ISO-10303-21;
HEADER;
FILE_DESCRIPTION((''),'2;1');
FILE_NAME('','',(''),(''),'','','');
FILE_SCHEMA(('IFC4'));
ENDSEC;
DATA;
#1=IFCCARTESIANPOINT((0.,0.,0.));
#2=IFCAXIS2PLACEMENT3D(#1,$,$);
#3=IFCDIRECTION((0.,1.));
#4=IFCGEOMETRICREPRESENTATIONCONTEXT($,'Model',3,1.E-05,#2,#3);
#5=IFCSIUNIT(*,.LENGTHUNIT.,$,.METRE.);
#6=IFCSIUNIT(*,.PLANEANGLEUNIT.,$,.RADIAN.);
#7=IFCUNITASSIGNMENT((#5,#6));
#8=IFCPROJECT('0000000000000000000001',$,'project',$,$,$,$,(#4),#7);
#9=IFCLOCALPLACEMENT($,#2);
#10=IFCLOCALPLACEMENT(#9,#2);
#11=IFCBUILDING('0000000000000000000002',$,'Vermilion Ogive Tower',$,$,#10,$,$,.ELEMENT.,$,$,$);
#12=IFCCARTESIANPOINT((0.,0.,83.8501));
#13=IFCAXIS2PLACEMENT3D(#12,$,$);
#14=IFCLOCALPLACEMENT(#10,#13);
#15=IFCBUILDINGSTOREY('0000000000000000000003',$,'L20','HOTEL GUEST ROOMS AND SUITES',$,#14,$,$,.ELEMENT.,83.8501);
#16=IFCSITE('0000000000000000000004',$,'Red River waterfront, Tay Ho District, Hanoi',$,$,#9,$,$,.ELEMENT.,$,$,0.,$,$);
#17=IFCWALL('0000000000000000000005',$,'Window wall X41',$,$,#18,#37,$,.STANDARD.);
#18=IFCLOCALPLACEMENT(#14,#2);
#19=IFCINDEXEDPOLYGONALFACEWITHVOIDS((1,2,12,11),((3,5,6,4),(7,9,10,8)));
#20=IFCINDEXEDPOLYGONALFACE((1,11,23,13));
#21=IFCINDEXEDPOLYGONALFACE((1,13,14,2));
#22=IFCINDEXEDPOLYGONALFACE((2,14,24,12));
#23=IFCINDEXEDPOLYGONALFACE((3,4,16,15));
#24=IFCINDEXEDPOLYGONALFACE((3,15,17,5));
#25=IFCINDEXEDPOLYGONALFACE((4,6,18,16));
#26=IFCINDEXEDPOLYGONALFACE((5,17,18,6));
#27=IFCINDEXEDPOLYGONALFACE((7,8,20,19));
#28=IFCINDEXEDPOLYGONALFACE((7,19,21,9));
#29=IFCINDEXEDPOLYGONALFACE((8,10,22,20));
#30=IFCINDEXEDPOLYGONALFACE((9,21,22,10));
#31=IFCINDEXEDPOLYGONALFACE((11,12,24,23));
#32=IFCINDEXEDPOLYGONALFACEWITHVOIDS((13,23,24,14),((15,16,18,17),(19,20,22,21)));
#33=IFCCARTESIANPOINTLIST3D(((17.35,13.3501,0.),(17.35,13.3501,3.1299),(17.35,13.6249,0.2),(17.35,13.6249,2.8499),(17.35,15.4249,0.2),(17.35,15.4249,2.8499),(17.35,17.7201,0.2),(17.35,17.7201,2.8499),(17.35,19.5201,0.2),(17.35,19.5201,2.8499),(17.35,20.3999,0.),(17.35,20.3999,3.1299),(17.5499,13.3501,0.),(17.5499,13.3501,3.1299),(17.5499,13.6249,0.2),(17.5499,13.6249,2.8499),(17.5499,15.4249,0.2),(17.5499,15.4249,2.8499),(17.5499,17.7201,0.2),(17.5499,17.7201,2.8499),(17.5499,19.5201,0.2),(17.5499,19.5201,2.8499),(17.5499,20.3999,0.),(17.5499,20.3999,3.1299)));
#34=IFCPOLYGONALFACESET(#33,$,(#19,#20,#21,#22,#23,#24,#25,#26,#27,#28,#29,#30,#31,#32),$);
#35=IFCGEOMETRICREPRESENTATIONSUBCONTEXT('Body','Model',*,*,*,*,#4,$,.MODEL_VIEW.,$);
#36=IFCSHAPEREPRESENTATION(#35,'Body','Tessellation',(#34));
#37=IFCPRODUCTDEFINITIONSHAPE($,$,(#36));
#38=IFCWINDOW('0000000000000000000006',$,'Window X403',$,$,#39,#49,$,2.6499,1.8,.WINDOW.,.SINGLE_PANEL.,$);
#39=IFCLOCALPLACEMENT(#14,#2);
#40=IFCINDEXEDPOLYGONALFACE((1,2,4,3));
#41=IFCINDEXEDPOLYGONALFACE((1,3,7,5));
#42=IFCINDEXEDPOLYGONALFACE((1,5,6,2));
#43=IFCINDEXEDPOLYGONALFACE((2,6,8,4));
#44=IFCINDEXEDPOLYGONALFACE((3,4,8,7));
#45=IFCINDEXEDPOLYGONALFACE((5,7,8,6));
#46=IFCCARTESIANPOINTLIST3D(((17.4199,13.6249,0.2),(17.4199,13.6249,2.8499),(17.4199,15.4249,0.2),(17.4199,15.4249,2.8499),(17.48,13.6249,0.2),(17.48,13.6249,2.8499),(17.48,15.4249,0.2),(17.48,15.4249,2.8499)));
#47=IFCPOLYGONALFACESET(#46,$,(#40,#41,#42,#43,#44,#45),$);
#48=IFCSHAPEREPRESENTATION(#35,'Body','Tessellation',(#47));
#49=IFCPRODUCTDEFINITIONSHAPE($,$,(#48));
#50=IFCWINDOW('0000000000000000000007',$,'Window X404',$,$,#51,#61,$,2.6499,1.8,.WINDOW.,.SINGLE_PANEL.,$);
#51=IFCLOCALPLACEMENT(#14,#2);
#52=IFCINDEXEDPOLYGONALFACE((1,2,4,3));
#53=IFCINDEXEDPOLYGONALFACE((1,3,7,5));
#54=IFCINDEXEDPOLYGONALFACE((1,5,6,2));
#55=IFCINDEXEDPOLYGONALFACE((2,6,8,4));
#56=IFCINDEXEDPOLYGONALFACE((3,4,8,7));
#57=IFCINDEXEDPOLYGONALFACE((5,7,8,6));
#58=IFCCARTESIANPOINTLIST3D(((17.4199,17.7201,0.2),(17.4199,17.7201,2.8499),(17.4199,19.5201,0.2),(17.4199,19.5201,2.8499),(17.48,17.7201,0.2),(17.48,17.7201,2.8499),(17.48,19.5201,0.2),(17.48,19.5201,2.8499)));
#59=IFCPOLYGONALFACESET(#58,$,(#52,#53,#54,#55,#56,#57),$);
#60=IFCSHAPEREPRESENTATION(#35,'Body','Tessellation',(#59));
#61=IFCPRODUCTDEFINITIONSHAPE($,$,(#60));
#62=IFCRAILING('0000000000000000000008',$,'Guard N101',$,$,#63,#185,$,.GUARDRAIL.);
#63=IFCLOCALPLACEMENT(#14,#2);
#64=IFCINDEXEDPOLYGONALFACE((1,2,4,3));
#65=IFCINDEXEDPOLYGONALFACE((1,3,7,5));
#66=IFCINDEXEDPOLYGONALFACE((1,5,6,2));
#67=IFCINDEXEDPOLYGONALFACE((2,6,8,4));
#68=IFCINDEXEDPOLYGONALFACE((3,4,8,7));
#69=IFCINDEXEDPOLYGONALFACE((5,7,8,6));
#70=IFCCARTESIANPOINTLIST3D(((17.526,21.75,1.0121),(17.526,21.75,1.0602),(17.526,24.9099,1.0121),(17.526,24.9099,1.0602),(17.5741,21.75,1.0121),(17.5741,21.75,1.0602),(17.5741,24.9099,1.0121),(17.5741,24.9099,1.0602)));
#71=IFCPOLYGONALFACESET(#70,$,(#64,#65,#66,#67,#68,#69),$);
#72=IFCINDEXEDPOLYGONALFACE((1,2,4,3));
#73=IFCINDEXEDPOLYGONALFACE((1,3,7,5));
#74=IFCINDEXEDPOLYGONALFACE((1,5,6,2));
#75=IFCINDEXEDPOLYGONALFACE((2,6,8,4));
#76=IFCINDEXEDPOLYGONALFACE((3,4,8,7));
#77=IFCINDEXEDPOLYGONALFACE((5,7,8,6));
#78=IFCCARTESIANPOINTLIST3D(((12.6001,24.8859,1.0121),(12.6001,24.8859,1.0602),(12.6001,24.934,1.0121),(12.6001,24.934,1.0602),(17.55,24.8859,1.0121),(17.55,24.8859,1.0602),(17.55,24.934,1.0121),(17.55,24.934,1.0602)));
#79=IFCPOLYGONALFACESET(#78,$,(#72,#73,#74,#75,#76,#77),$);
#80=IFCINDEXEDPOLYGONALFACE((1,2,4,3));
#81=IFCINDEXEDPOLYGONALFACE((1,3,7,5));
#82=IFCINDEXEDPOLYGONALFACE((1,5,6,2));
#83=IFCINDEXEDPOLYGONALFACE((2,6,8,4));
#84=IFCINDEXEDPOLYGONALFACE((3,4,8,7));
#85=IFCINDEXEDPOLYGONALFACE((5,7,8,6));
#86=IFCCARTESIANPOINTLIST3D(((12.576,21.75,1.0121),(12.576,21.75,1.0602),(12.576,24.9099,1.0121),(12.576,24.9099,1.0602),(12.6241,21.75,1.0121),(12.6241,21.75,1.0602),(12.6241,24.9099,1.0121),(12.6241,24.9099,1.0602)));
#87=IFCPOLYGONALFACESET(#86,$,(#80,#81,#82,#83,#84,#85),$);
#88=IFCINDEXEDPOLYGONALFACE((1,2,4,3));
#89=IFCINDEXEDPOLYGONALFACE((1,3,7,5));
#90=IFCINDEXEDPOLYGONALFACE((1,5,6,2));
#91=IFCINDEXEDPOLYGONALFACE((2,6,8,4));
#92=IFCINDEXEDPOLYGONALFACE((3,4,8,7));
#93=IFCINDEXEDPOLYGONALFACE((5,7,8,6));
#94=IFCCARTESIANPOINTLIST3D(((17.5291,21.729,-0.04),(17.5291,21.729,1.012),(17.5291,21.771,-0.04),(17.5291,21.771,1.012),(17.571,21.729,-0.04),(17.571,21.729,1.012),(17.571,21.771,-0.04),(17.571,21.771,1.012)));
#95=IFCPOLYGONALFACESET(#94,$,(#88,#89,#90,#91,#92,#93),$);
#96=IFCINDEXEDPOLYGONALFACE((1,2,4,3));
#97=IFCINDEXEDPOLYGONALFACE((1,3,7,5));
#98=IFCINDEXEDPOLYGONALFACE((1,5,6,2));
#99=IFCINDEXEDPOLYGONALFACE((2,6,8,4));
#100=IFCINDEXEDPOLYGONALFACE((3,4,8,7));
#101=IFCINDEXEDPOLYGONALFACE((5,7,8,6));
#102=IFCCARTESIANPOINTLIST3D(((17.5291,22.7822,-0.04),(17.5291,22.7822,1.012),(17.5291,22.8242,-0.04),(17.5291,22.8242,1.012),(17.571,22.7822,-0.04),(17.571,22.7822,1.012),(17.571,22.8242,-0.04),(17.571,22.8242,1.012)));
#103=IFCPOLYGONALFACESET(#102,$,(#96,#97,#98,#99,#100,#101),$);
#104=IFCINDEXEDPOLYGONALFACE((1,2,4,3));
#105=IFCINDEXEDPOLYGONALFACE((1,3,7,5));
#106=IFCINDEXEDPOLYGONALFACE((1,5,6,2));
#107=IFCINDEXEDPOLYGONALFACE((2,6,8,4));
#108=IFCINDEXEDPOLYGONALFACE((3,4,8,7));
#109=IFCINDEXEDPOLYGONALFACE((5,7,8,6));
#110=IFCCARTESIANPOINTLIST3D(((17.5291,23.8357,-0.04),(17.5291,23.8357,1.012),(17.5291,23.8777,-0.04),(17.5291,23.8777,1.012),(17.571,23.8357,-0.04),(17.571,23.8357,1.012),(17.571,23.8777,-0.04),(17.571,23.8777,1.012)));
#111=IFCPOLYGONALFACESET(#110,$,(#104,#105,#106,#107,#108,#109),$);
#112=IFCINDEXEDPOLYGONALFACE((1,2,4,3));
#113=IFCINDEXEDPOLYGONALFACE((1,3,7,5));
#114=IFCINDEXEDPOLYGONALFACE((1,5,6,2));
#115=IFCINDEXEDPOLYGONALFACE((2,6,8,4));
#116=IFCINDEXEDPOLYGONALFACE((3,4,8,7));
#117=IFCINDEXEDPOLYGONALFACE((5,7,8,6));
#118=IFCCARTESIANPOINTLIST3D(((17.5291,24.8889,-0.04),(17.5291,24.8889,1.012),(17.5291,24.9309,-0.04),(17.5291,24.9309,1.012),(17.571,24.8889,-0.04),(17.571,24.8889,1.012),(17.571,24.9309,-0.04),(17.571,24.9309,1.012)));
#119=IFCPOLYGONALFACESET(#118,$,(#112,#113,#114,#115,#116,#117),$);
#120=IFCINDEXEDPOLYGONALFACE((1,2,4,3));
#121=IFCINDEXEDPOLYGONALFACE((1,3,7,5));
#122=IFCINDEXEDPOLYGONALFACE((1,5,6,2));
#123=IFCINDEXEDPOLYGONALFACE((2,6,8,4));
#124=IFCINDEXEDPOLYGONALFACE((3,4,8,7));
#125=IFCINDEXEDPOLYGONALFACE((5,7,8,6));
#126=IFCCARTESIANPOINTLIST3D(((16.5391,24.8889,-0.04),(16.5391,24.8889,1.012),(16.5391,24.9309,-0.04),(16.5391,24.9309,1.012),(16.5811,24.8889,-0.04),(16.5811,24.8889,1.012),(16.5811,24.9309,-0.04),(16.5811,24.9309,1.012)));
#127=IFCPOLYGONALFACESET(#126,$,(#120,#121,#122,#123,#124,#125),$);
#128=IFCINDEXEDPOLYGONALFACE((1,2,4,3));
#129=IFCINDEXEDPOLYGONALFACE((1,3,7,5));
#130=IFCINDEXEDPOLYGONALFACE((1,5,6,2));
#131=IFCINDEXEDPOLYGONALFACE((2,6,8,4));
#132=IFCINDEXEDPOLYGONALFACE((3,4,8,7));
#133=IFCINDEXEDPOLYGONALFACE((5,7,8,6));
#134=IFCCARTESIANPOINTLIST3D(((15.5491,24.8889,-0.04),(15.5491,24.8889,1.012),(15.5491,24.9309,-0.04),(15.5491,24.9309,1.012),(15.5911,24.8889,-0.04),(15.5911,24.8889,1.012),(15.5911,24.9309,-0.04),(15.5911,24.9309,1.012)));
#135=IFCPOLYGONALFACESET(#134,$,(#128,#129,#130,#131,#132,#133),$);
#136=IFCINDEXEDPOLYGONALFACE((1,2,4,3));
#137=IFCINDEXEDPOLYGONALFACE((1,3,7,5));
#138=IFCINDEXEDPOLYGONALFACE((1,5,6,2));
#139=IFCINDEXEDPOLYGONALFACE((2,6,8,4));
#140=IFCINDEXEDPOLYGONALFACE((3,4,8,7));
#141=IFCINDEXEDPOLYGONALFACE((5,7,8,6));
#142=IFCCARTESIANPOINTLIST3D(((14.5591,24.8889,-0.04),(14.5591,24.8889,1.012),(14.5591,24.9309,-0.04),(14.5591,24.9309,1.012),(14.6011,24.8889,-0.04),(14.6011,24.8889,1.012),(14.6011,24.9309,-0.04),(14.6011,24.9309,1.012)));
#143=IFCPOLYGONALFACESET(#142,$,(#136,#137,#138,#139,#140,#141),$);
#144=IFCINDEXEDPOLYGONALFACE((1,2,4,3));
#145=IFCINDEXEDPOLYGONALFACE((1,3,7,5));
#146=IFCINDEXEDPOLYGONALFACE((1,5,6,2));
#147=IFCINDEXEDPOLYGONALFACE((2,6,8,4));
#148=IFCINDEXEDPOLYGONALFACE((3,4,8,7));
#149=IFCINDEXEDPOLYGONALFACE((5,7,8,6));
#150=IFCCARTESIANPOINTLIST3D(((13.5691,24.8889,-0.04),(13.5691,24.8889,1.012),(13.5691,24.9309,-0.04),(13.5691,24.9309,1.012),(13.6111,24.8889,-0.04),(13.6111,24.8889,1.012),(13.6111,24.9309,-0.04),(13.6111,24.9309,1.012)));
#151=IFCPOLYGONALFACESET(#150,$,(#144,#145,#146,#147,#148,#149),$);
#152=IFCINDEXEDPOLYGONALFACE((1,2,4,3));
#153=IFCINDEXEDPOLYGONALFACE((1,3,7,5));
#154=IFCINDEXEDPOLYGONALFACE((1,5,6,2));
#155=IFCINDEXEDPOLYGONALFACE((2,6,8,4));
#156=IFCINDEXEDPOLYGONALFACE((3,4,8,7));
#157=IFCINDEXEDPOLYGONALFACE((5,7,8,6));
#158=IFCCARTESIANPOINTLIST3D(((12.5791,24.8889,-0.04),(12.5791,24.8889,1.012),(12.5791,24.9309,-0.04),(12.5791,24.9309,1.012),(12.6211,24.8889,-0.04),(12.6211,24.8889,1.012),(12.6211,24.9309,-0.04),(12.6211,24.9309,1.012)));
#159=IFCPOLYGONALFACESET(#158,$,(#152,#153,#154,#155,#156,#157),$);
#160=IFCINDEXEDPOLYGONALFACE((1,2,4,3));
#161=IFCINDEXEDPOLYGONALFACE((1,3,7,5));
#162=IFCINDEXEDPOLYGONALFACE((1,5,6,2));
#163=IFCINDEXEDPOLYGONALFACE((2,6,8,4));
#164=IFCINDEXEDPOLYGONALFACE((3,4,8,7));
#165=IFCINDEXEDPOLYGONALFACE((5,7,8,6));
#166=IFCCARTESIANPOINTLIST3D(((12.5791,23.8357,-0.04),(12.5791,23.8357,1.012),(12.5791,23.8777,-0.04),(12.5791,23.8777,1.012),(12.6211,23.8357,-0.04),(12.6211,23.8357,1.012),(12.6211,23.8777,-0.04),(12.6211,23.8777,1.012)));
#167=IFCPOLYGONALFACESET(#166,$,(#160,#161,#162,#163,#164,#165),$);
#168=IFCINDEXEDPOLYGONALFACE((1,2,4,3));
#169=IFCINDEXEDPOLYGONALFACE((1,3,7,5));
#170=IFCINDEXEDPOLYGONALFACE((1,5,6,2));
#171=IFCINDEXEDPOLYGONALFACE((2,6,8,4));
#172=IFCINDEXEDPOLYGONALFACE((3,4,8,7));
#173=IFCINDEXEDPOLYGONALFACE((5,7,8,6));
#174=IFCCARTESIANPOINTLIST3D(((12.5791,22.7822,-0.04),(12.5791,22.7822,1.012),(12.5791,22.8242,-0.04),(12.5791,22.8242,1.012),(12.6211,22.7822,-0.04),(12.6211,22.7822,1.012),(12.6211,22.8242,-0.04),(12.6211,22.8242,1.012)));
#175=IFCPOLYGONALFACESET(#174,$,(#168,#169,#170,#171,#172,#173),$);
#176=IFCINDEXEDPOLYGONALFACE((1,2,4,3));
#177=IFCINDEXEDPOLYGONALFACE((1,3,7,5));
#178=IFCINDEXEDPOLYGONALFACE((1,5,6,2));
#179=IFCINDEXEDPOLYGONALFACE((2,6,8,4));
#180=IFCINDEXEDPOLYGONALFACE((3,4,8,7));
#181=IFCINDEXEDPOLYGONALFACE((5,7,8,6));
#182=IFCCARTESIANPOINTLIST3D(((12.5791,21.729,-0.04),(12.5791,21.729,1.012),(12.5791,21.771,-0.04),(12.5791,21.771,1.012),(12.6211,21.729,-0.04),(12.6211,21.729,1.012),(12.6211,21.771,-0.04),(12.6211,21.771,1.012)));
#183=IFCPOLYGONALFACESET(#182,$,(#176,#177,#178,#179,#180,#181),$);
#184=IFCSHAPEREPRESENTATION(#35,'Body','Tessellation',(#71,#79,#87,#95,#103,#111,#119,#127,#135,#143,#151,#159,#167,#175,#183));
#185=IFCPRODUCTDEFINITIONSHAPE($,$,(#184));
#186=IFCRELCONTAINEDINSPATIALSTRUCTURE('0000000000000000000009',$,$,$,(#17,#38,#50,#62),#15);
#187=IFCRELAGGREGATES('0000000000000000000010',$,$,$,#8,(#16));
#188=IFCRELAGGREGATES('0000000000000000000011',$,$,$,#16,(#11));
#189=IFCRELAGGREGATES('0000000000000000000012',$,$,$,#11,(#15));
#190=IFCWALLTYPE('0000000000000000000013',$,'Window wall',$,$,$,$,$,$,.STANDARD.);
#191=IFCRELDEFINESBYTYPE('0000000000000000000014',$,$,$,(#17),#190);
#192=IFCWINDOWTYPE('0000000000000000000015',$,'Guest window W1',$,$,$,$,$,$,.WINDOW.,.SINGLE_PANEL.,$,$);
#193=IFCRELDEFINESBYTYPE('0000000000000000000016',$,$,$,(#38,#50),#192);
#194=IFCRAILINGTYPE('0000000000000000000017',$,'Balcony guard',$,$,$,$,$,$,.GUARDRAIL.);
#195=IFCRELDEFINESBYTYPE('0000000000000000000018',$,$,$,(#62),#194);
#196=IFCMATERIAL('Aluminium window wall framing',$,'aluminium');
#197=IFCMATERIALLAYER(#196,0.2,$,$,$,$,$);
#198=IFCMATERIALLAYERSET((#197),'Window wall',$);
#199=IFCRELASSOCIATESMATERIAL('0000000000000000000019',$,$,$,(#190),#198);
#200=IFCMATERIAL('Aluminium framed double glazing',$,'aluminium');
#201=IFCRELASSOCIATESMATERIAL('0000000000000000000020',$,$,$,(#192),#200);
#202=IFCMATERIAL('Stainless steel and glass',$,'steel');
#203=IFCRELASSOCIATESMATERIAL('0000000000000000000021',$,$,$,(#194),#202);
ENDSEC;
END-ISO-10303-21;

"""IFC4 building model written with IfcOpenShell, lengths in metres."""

from ifc_helpers import new_model, si_unit, direction, frame, frame_2d, origin, origin_2d, place, context, subcontext, project, spatial, rectangle, extrude, material, layer, layer_set, type_object, element, fill, save


model = new_model("IFC4")

# Units and contexts
model_context = context("Model", 3, precision=1e-05, world=origin(), true_north=direction((0.0, 1.0)))
body_context = subcontext(model_context, "Body", "Model", "MODEL_VIEW")
ifc_project = project(units=[si_unit("LENGTHUNIT", "METRE"), si_unit("PLANEANGLEUNIT", "RADIAN")], contexts=[model_context])

# Site, building, storey
site_placement = place(None, origin())
site = spatial("IfcSite", under=ifc_project, at=site_placement, Name="Red River waterfront, Tay Ho District, Hanoi", CompositionType="ELEMENT", RefElevation=0.0)
building_placement = place(site_placement, origin())
building = spatial("IfcBuilding", under=site, at=building_placement, Name="Vermilion Ogive Tower", CompositionType="ELEMENT")
storey_placement = place(building_placement, frame((0.0, 0.0, 83.8501)))
storey = spatial("IfcBuildingStorey", under=building, at=storey_placement, Name="L20", Description="HOTEL GUEST ROOMS AND SUITES", CompositionType="ELEMENT", Elevation=83.8501)

# Shared definitions
ifc_material_1 = material(Name="Aluminium window wall framing", Category="aluminium")
ifc_layer_1 = layer(ifc_material_1, 0.2)
ifc_layer_set_1 = layer_set([ifc_layer_1], Name="Window wall")
wall_type_1 = type_object("IfcWallType", Name="Window wall", PredefinedType="STANDARD", material=ifc_layer_set_1)

# Wall, openings, windows
wall_1_placement = place(storey_placement, frame((17.45, 13.3501, 0.0), z_axis=(0.0, 0.0, 1.0), x_axis=(0.0, 1.0, 0.0)))
wall_1 = element("IfcWall", 1, at=wall_1_placement, inside=storey, type_object=wall_type_1, Name="Window wall X41", PredefinedType="STANDARD", context=body_context, shape_type="SweptSolid", body=[
    extrude(rectangle(XDim=7.0498, YDim=0.2, at=frame_2d((3.5249, 0.0))), origin(), (0.0, 0.0, 1.0), 3.1299),
])
opening_1_placement = place(wall_1_placement, frame((0.2749, 0.0, 0.2)))
opening_1 = element("IfcOpeningElement", 2, at=opening_1_placement, cuts=wall_1, PredefinedType="OPENING", context=body_context, shape_type="SweptSolid", body=[
    extrude(rectangle(XDim=1.8, YDim=2.6499, at=frame_2d((0.8999, 1.325))), frame((0.0, 0.1099, 0.0), z_axis=(0.0, -1.0, 0.0), x_axis=(1.0, 0.0, 0.0)), (0.0, 0.0, 1.0), 0.22),
])
opening_2_placement = place(wall_1_placement, frame((4.3701, 0.0, 0.2)))
opening_2 = element("IfcOpeningElement", 3, at=opening_2_placement, cuts=wall_1, PredefinedType="OPENING", context=body_context, shape_type="SweptSolid", body=[
    extrude(rectangle(XDim=1.8, YDim=2.6499, at=frame_2d((0.8999, 1.325))), frame((0.0, 0.1099, 0.0), z_axis=(0.0, -1.0, 0.0), x_axis=(1.0, 0.0, 0.0)), (0.0, 0.0, 1.0), 0.22),
])
ifc_material_2 = material(Name="Aluminium framed double glazing", Category="aluminium")
window_type = type_object("IfcWindowType", Name="Guest window W1", PartitioningType="SINGLE_PANEL", PredefinedType="WINDOW", material=ifc_material_2)
window_1_placement = place(opening_1_placement, origin())
window_1 = element("IfcWindow", 4, at=window_1_placement, inside=storey, type_object=window_type, Name="Window X403", OverallHeight=2.6499, OverallWidth=1.8, PartitioningType="SINGLE_PANEL", PredefinedType="WINDOW", context=body_context, shape_type="SweptSolid", body=[
    extrude(rectangle(XDim=1.8, YDim=2.6499, at=frame_2d((0.8999, 1.325))), frame((0.0, 0.03, 0.0), z_axis=(0.0, -1.0, 0.0), x_axis=(1.0, 0.0, 0.0)), (0.0, 0.0, 1.0), 0.0601),
])
fill(opening_1, window_1)
window_2_placement = place(opening_2_placement, origin())
window_2 = element("IfcWindow", 5, at=window_2_placement, inside=storey, type_object=window_type, Name="Window X404", OverallHeight=2.6499, OverallWidth=1.8, PartitioningType="SINGLE_PANEL", PredefinedType="WINDOW", context=body_context, shape_type="SweptSolid", body=[
    extrude(rectangle(XDim=1.8, YDim=2.6499, at=frame_2d((0.8999, 1.325))), frame((0.0, 0.03, 0.0), z_axis=(0.0, -1.0, 0.0), x_axis=(1.0, 0.0, 0.0)), (0.0, 0.0, 1.0), 0.0601),
])
fill(opening_2, window_2)

# Railing
ifc_material_3 = material(Name="Stainless steel and glass", Category="steel")
railing_type = type_object("IfcRailingType", Name="Balcony guard", PredefinedType="GUARDRAIL", material=ifc_material_3)
railing_placement = place(storey_placement, frame((17.55, 21.75, -0.04)))
element("IfcRailing", 6, at=railing_placement, inside=storey, type_object=railing_type, Name="Guard N101", PredefinedType="GUARDRAIL", context=body_context, shape_type="SweptSolid", body=[
    extrude(rectangle(XDim=0.0481, YDim=0.0481, at=origin_2d()), frame((0.0, 0.0, 1.0762), z_axis=(0.0, 1.0, 0.0), x_axis=(-1.0, 0.0, 0.0)), (0.0, 0.0, 1.0), 3.1599),
    extrude(rectangle(XDim=0.0481, YDim=0.0481, at=origin_2d()), frame((0.0, 3.1599, 1.0762), z_axis=(-1.0, 0.0, 0.0), x_axis=(0.0, -1.0, 0.0)), (0.0, 0.0, 1.0), 4.95),
    extrude(rectangle(XDim=0.0481, YDim=0.0481, at=origin_2d()), frame((-4.95, 3.1599, 1.0762), z_axis=(0.0, -1.0, 0.0), x_axis=(1.0, 0.0, 0.0)), (0.0, 0.0, 1.0), 3.1599),
    extrude(rectangle(XDim=0.042, YDim=0.042, at=origin_2d()), origin(), (0.0, 0.0, 1.0), 1.052),
    extrude(rectangle(XDim=0.042, YDim=0.042, at=origin_2d()), frame((0.0, 1.0532, 0.0)), (0.0, 0.0, 1.0), 1.052),
    extrude(rectangle(XDim=0.042, YDim=0.042, at=origin_2d()), frame((0.0, 2.1067, 0.0)), (0.0, 0.0, 1.0), 1.052),
    extrude(rectangle(XDim=0.042, YDim=0.042, at=origin_2d()), frame((0.0, 3.1599, 0.0)), (0.0, 0.0, 1.0), 1.052),
    extrude(rectangle(XDim=0.042, YDim=0.042, at=origin_2d()), frame((-0.99, 3.1599, 0.0)), (0.0, 0.0, 1.0), 1.052),
    extrude(rectangle(XDim=0.042, YDim=0.042, at=origin_2d()), frame((-1.98, 3.1599, 0.0)), (0.0, 0.0, 1.0), 1.052),
    extrude(rectangle(XDim=0.042, YDim=0.042, at=origin_2d()), frame((-2.97, 3.1599, 0.0)), (0.0, 0.0, 1.0), 1.052),
    extrude(rectangle(XDim=0.042, YDim=0.042, at=origin_2d()), frame((-3.96, 3.1599, 0.0)), (0.0, 0.0, 1.0), 1.052),
    extrude(rectangle(XDim=0.042, YDim=0.042, at=origin_2d()), frame((-4.95, 3.1599, 0.0)), (0.0, 0.0, 1.0), 1.052),
    extrude(rectangle(XDim=0.042, YDim=0.042, at=origin_2d()), frame((-4.95, 2.1067, 0.0)), (0.0, 0.0, 1.0), 1.052),
    extrude(rectangle(XDim=0.042, YDim=0.042, at=origin_2d()), frame((-4.95, 1.0532, 0.0)), (0.0, 0.0, 1.0), 1.052),
    extrude(rectangle(XDim=0.042, YDim=0.042, at=origin_2d()), frame((-4.95, 0.0, 0.0)), (0.0, 0.0, 1.0), 1.052),
])

save(model, "model.ifc")
